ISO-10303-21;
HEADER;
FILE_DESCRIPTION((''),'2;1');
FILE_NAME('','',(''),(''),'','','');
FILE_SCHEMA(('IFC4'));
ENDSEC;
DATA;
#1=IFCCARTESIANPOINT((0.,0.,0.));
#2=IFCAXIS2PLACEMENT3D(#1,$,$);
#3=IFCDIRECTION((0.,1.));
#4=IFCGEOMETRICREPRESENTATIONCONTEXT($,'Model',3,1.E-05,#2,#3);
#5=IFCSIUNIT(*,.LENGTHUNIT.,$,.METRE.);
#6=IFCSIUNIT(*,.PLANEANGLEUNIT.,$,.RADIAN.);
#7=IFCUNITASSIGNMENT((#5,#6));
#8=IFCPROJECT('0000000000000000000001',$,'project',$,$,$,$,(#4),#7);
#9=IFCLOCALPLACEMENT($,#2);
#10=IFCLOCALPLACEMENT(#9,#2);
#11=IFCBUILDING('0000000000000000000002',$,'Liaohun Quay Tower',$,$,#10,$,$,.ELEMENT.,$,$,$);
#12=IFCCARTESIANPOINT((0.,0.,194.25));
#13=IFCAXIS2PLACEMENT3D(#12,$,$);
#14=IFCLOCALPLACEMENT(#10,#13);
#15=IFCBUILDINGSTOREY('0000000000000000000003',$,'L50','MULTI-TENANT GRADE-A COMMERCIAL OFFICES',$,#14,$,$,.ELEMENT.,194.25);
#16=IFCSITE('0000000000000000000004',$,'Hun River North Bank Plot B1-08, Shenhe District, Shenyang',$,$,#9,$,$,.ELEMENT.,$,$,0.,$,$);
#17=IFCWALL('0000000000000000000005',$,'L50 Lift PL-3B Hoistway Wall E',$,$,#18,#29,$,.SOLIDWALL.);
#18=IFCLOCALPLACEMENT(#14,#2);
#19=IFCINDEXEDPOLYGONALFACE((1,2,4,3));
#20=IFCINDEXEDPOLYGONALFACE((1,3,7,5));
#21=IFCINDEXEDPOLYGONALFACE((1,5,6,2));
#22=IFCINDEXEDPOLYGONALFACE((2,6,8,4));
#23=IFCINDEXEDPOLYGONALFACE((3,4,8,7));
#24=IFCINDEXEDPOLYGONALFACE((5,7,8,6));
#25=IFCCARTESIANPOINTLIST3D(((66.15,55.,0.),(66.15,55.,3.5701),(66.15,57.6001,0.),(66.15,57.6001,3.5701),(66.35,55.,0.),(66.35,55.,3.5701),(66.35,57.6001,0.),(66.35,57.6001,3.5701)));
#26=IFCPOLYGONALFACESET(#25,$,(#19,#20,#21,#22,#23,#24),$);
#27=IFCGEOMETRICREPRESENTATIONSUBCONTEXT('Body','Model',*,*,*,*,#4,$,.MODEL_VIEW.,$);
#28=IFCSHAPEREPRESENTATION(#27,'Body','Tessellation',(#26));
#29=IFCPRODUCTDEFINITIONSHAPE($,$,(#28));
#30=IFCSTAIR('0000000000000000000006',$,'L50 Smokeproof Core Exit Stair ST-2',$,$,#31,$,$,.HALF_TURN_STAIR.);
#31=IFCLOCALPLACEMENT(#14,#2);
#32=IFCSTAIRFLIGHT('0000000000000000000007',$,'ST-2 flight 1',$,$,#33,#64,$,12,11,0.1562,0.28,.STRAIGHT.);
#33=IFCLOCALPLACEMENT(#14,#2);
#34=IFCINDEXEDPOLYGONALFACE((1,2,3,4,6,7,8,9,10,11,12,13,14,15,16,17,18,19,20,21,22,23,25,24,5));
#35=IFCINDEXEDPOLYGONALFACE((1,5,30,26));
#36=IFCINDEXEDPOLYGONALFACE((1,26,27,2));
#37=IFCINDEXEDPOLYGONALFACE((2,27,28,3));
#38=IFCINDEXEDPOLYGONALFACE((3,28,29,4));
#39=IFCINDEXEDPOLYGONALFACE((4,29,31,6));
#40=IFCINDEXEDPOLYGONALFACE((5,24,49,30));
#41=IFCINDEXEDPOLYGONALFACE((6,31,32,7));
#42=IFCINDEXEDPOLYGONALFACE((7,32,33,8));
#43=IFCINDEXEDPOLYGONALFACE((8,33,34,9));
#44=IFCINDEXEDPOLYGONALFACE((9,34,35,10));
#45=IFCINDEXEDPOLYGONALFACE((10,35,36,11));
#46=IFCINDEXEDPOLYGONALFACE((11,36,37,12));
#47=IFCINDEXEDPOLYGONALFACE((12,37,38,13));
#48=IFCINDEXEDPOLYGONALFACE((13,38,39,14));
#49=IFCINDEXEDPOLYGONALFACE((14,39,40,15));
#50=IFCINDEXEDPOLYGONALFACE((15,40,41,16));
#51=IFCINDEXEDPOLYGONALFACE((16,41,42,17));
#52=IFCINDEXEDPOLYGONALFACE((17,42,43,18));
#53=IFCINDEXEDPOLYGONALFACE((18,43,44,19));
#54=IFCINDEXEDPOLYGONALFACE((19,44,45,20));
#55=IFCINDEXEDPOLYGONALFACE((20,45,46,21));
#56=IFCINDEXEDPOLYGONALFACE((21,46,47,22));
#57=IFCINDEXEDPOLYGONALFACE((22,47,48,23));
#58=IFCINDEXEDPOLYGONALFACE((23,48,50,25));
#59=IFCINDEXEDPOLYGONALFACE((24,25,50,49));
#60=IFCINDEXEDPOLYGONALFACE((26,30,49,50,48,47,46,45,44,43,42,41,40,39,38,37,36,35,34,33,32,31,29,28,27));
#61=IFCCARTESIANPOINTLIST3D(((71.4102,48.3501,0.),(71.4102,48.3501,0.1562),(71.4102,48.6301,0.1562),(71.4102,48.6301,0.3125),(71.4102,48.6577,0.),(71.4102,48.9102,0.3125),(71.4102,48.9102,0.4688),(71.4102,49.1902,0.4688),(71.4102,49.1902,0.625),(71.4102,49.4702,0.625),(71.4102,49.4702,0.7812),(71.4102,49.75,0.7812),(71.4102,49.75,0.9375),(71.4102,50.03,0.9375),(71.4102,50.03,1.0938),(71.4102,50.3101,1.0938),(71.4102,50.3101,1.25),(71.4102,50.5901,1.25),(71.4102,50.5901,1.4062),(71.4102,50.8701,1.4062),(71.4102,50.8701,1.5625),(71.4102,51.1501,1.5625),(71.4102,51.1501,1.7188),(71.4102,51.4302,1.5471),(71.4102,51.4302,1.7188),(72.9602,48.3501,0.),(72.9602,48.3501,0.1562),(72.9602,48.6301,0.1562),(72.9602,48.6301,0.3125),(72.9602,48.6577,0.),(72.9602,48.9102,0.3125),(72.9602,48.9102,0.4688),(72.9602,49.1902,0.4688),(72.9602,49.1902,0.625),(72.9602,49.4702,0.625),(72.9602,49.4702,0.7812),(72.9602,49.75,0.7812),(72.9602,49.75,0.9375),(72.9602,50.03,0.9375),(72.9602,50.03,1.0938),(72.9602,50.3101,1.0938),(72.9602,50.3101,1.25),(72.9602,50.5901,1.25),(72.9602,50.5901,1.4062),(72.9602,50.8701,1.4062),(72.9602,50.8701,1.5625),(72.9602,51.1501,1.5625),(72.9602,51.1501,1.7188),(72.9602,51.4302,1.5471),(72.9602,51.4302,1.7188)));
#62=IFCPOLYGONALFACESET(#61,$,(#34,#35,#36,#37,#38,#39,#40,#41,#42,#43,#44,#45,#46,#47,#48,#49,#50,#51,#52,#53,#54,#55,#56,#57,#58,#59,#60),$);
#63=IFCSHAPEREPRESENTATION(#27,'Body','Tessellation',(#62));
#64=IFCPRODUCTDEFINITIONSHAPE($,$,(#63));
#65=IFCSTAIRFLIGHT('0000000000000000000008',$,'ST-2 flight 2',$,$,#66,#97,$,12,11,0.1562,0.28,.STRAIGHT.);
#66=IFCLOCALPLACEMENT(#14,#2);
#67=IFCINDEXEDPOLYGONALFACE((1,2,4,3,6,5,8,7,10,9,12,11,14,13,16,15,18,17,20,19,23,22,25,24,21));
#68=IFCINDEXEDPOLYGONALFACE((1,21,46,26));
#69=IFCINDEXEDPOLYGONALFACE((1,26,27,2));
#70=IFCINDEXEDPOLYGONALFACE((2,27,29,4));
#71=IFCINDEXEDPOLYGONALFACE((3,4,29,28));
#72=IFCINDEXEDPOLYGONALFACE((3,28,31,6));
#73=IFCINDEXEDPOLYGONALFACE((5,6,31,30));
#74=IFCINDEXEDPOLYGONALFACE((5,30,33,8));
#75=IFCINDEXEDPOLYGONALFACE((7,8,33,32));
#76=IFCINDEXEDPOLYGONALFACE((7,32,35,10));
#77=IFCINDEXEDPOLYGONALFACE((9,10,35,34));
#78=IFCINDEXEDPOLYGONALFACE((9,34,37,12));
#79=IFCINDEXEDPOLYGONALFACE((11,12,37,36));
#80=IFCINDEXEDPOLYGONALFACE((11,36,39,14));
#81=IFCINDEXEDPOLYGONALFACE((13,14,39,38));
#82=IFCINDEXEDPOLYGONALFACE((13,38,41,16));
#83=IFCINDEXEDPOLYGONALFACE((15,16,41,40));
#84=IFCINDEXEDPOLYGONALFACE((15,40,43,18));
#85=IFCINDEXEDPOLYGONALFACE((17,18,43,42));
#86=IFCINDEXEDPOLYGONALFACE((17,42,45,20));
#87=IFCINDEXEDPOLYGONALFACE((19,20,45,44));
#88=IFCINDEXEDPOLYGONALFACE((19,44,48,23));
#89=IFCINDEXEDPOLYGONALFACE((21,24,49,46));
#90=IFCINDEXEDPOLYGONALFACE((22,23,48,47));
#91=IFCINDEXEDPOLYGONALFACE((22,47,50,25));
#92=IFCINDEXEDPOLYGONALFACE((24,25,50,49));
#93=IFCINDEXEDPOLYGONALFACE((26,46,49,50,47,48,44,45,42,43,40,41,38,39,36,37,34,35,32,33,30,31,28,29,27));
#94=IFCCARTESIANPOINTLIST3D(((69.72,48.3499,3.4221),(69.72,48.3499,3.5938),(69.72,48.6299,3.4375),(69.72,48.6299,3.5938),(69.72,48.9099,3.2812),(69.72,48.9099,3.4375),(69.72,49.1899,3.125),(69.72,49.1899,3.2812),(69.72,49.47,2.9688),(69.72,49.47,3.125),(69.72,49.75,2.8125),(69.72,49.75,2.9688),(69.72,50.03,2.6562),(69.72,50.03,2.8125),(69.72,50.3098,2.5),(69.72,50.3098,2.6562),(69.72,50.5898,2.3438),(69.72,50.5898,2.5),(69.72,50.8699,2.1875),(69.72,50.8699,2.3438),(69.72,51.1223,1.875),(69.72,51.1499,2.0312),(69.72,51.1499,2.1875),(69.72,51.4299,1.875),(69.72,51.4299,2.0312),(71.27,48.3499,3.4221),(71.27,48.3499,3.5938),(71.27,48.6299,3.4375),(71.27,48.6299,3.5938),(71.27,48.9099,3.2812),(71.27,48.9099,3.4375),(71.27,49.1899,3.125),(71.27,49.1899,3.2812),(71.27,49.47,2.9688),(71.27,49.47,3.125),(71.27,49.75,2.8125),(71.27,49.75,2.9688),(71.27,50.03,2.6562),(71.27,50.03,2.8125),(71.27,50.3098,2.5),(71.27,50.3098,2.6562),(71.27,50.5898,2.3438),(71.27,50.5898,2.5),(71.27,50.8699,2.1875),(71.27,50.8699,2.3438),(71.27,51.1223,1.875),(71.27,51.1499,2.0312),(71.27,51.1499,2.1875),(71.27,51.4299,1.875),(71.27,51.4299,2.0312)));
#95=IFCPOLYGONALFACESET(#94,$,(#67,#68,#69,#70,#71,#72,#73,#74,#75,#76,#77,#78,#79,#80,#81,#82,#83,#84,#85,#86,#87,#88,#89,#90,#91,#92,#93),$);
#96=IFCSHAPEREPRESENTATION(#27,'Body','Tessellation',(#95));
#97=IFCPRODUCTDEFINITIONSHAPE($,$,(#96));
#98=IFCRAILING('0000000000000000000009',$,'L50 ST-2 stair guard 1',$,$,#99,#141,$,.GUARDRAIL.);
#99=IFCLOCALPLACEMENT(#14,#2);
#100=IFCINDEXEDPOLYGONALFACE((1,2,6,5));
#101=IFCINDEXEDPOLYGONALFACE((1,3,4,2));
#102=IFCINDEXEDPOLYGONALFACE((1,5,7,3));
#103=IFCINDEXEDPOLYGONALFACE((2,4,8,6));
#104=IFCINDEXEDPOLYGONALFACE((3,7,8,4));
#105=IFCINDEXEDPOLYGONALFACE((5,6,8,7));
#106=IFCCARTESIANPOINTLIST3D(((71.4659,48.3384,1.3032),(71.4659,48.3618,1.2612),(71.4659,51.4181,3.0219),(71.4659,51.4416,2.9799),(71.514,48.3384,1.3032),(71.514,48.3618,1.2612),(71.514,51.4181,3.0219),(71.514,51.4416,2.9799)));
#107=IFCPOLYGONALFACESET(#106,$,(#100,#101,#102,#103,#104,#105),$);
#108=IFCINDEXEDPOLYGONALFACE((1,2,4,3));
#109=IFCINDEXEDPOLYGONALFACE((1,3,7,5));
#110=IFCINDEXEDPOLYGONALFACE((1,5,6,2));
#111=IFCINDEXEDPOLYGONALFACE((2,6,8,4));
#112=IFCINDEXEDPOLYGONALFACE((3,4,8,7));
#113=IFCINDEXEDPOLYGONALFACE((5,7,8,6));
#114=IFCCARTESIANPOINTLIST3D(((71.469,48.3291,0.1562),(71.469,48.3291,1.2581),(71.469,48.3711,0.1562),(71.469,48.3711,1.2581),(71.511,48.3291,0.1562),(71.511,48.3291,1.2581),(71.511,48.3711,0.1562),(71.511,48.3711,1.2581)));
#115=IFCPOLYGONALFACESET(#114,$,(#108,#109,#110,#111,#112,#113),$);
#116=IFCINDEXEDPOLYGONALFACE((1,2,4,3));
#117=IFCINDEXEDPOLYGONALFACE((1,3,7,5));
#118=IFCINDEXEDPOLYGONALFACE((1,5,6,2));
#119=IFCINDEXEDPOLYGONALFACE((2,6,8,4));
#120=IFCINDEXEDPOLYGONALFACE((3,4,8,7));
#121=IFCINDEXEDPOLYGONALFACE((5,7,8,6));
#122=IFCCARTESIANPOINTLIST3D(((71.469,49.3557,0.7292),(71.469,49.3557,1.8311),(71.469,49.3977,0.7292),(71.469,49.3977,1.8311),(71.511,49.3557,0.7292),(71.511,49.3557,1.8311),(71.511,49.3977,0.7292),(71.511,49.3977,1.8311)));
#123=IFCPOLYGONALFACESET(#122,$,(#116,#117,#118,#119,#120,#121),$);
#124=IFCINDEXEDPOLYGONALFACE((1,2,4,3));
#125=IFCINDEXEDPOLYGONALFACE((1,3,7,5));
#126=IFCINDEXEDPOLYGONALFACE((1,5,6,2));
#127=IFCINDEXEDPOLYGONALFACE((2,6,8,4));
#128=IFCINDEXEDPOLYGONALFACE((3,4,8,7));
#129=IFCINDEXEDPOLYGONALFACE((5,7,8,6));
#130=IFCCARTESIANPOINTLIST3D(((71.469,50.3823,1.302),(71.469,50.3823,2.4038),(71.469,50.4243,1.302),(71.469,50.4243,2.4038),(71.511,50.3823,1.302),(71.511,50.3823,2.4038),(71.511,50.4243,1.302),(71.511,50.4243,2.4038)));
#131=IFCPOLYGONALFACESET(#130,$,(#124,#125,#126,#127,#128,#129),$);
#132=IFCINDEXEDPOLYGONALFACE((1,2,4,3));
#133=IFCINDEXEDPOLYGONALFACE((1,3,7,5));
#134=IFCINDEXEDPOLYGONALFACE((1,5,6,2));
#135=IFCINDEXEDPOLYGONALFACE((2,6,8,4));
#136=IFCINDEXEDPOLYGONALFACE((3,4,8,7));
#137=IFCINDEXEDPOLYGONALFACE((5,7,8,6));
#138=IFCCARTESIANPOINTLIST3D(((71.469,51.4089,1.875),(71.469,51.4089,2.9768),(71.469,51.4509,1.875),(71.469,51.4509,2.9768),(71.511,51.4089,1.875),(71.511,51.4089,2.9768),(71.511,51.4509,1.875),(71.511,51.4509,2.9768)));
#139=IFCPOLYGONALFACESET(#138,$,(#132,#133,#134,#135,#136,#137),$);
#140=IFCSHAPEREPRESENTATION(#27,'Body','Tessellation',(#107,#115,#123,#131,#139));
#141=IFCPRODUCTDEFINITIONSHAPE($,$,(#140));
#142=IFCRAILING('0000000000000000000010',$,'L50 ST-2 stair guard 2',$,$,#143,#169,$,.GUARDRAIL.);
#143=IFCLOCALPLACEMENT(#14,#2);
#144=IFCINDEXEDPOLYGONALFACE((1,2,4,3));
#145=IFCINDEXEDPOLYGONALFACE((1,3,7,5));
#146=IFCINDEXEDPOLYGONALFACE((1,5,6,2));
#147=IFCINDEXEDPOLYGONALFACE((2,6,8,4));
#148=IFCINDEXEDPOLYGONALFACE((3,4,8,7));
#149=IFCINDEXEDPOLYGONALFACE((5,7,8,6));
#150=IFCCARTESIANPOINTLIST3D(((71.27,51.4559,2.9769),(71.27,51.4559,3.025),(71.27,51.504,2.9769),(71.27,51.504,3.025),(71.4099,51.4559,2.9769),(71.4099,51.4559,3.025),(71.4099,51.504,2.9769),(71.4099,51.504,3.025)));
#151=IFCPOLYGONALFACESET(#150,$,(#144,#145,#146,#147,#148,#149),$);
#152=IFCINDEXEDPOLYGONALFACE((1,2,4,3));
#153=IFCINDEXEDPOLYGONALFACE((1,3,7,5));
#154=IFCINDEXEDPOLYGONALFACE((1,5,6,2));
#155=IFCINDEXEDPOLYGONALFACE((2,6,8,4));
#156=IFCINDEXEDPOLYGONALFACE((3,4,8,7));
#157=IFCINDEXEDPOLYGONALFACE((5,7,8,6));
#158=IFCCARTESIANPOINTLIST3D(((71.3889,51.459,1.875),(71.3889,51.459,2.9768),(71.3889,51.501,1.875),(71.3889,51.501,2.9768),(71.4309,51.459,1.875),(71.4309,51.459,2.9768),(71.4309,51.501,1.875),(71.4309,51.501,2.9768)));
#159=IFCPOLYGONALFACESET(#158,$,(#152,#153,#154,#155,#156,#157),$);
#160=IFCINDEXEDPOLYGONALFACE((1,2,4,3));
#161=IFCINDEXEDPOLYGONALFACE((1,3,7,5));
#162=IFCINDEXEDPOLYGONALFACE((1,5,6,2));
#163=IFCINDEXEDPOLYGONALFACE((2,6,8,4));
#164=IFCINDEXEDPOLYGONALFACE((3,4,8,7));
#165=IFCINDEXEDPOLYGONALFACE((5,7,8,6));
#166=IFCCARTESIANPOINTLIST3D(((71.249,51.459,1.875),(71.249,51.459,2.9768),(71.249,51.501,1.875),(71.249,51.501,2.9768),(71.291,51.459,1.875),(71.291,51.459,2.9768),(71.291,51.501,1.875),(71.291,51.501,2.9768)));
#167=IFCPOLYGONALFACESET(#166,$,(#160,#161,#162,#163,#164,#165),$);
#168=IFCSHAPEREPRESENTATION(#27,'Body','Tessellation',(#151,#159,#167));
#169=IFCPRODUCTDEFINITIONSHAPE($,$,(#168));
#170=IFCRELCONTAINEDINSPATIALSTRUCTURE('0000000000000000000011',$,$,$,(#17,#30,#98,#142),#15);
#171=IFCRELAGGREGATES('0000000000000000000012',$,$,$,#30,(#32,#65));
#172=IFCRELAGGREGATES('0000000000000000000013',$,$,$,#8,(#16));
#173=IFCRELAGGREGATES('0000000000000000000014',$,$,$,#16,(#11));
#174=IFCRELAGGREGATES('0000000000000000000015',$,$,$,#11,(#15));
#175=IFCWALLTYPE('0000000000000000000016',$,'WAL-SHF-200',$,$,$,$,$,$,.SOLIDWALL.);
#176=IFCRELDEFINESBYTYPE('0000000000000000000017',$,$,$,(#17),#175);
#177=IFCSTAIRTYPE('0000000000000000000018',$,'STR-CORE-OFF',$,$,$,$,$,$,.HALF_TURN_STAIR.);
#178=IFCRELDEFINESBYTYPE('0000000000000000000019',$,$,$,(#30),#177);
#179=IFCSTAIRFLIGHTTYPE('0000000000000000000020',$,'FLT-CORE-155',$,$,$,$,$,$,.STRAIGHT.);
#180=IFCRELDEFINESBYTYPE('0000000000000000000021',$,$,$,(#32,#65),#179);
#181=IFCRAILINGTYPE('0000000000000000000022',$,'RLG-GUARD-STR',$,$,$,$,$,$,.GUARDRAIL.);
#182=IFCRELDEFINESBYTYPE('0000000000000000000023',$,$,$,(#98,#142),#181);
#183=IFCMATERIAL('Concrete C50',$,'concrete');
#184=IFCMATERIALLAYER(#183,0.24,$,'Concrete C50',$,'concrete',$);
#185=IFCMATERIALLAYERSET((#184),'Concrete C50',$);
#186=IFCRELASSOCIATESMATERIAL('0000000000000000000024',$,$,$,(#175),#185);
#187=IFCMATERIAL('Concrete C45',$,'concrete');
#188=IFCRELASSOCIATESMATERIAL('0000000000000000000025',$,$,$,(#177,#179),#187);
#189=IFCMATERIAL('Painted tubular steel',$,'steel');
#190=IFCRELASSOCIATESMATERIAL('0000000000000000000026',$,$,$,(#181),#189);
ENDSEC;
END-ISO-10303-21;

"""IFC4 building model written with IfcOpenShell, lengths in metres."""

from ifc_helpers import new_model, si_unit, direction, frame, frame_2d, origin, origin_2d, place, context, subcontext, project, spatial, polyline, rectangle, outline, extrude, material, layer, layer_set, type_object, element, aggregate, save


model = new_model("IFC4")

# Units and contexts
model_context = context("Model", 3, precision=1e-05, world=origin(), true_north=direction((0.0, 1.0)))
body_context = subcontext(model_context, "Body", "Model", "MODEL_VIEW")
ifc_project = project(units=[si_unit("LENGTHUNIT", "METRE"), si_unit("PLANEANGLEUNIT", "RADIAN")], contexts=[model_context])

# Site, building, storey
site_placement = place(None, origin())
site = spatial("IfcSite", under=ifc_project, at=site_placement, Name="Hun River North Bank Plot B1-08, Shenhe District, Shenyang", CompositionType="ELEMENT", RefElevation=0.0)
building_placement = place(site_placement, origin())
building = spatial("IfcBuilding", under=site, at=building_placement, Name="Liaohun Quay Tower", CompositionType="ELEMENT")
storey_placement = place(building_placement, frame((0.0, 0.0, 194.25)))
storey = spatial("IfcBuildingStorey", under=building, at=storey_placement, Name="L50", Description="MULTI-TENANT GRADE-A COMMERCIAL OFFICES", CompositionType="ELEMENT", Elevation=194.25)

# Shared definitions
ifc_material_1 = material(Name="Concrete C50", Category="concrete")
ifc_layer_1 = layer(ifc_material_1, 0.24, Name="Concrete C50", Category="concrete")
ifc_layer_set_1 = layer_set([ifc_layer_1], Name="Concrete C50")
wall_type_1 = type_object("IfcWallType", Name="WAL-SHF-200", PredefinedType="SOLIDWALL", material=ifc_layer_set_1)

# Wall
wall_1_placement = place(storey_placement, frame((66.25, 55.0, 0.0), z_axis=(0.0, 0.0, 1.0), x_axis=(0.0, 1.0, 0.0)))
element("IfcWall", 1, at=wall_1_placement, inside=storey, type_object=wall_type_1, Name="L50 Lift PL-3B Hoistway Wall E", PredefinedType="SOLIDWALL", context=body_context, shape_type="SweptSolid", body=[
    extrude(rectangle(XDim=2.6001, YDim=0.2, at=frame_2d((1.3, 0.0))), origin(), (0.0, 0.0, 1.0), 3.5701),
])

# Stair, stair flights
ifc_material_2 = material(Name="Concrete C45", Category="concrete")
stair_type = type_object("IfcStairType", Name="STR-CORE-OFF", PredefinedType="HALF_TURN_STAIR", material=ifc_material_2)
stair_placement = place(storey_placement, origin())
stair = element("IfcStair", 2, at=stair_placement, inside=storey, type_object=stair_type, Name="L50 Smokeproof Core Exit Stair ST-2", PredefinedType="HALF_TURN_STAIR")
stair_flight_type = type_object("IfcStairFlightType", Name="FLT-CORE-155", PredefinedType="STRAIGHT", material=ifc_material_2)
stair_flight_1_placement = place(storey_placement, frame((72.1851, 48.3501, 0.0), z_axis=(0.0, 0.0, 1.0), x_axis=(0.0, 1.0, 0.0)))
stair_flight_1 = element("IfcStairFlight", 3, at=stair_flight_1_placement, type_object=stair_flight_type, Name="ST-2 flight 1", NumberOfRisers=12, NumberOfTreads=11, PredefinedType="STRAIGHT", RiserHeight=0.1562, TreadLength=0.28, context=body_context, shape_type="SweptSolid", body=[
    extrude(outline(polyline([(0.0, 0.0), (0.0, 0.1562), (0.28, 0.1562), (0.28, 0.3125), (0.5601, 0.3125), (0.5601, 0.4688), (0.8401, 0.4688), (0.8401, 0.625), (1.1201, 0.625), (1.1201, 0.7812), (1.3999, 0.7812), (1.3999, 0.9375), (1.6799, 0.9375), (1.6799, 1.0938), (1.96, 1.0938), (1.96, 1.25), (2.24, 1.25), (2.24, 1.4062), (2.52, 1.4062), (2.52, 1.5625), (2.8, 1.5625), (2.8, 1.7188), (3.0801, 1.7188), (3.0801, 1.875), (3.0801, 1.5471), (0.3076, 0.0), (0.0, 0.0)])), frame((0.0, 0.7749, 0.0), z_axis=(0.0, -1.0, 0.0), x_axis=(1.0, 0.0, 0.0)), (0.0, 0.0, 1.0), 1.55),
])
stair_flight_2_placement = place(storey_placement, frame((70.4951, 51.4299, 1.875), z_axis=(0.0, 0.0, 1.0), x_axis=(0.0, -1.0, 0.0)))
stair_flight_2 = element("IfcStairFlight", 4, at=stair_flight_2_placement, type_object=stair_flight_type, Name="ST-2 flight 2", NumberOfRisers=12, NumberOfTreads=11, PredefinedType="STRAIGHT", RiserHeight=0.1562, TreadLength=0.28, context=body_context, shape_type="SweptSolid", body=[
    extrude(outline(polyline([(0.0, 0.0), (0.0, 0.1562), (0.28, 0.1562), (0.28, 0.3125), (0.5601, 0.3125), (0.5601, 0.4688), (0.8401, 0.4688), (0.8401, 0.625), (1.1201, 0.625), (1.1201, 0.7812), (1.3999, 0.7812), (1.3999, 0.9375), (1.6799, 0.9375), (1.6799, 1.0938), (1.96, 1.0938), (1.96, 1.25), (2.24, 1.25), (2.24, 1.4062), (2.52, 1.4062), (2.52, 1.5625), (2.8, 1.5625), (2.8, 1.7188), (3.0801, 1.7188), (3.0801, 1.875), (3.0801, 1.5471), (0.3076, 0.0), (0.0, 0.0)])), frame((0.0, 0.7749, 0.0), z_axis=(0.0, -1.0, 0.0), x_axis=(1.0, 0.0, 0.0)), (0.0, 0.0, 1.0), 1.55),
])
aggregate(stair, [stair_flight_1, stair_flight_2])

# Railings
ifc_material_3 = material(Name="Painted tubular steel", Category="steel")
railing_type_1 = type_object("IfcRailingType", Name="RLG-GUARD-STR", PredefinedType="GUARDRAIL", material=ifc_material_3)
railing_1_placement = place(storey_placement, frame((71.49, 48.3501, 0.1562)))
element("IfcRailing", 5, at=railing_1_placement, inside=storey, type_object=railing_type_1, Name="L50 ST-2 stair guard 1", PredefinedType="GUARDRAIL", context=body_context, shape_type="SweptSolid", body=[
    extrude(rectangle(XDim=0.0481, YDim=0.0481, at=origin_2d()), frame((0.0, 0.0, 1.126), z_axis=(0.0, 0.873225, 0.487317), x_axis=(-1.0, 0.0, 0.0)), (0.0, 0.0, 1.0), 3.5269),
    extrude(rectangle(XDim=0.042, YDim=0.042, at=origin_2d()), origin(), (0.0, 0.0, 1.0), 1.1018),
    extrude(rectangle(XDim=0.042, YDim=0.042, at=origin_2d()), frame((0.0, 1.0266, 0.573)), (0.0, 0.0, 1.0), 1.1018),
    extrude(rectangle(XDim=0.042, YDim=0.042, at=origin_2d()), frame((0.0, 2.0532, 1.1458)), (0.0, 0.0, 1.0), 1.1018),
    extrude(rectangle(XDim=0.042, YDim=0.042, at=origin_2d()), frame((0.0, 3.0798, 1.7188)), (0.0, 0.0, 1.0), 1.1018),
])
railing_2_placement = place(storey_placement, frame((71.4099, 51.48, 1.875)))
element("IfcRailing", 6, at=railing_2_placement, inside=storey, type_object=railing_type_1, Name="L50 ST-2 stair guard 2", PredefinedType="GUARDRAIL", context=body_context, shape_type="SweptSolid", body=[
    extrude(rectangle(XDim=0.0481, YDim=0.0481, at=origin_2d()), frame((0.0, 0.0, 1.126), z_axis=(-1.0, 0.0, 0.0), x_axis=(0.0, -1.0, 0.0)), (0.0, 0.0, 1.0), 0.1399),
    extrude(rectangle(XDim=0.042, YDim=0.042, at=origin_2d()), origin(), (0.0, 0.0, 1.0), 1.1018),
    extrude(rectangle(XDim=0.042, YDim=0.042, at=origin_2d()), frame((-0.1399, 0.0, 0.0)), (0.0, 0.0, 1.0), 1.1018),
])

save(model, "model.ifc")
